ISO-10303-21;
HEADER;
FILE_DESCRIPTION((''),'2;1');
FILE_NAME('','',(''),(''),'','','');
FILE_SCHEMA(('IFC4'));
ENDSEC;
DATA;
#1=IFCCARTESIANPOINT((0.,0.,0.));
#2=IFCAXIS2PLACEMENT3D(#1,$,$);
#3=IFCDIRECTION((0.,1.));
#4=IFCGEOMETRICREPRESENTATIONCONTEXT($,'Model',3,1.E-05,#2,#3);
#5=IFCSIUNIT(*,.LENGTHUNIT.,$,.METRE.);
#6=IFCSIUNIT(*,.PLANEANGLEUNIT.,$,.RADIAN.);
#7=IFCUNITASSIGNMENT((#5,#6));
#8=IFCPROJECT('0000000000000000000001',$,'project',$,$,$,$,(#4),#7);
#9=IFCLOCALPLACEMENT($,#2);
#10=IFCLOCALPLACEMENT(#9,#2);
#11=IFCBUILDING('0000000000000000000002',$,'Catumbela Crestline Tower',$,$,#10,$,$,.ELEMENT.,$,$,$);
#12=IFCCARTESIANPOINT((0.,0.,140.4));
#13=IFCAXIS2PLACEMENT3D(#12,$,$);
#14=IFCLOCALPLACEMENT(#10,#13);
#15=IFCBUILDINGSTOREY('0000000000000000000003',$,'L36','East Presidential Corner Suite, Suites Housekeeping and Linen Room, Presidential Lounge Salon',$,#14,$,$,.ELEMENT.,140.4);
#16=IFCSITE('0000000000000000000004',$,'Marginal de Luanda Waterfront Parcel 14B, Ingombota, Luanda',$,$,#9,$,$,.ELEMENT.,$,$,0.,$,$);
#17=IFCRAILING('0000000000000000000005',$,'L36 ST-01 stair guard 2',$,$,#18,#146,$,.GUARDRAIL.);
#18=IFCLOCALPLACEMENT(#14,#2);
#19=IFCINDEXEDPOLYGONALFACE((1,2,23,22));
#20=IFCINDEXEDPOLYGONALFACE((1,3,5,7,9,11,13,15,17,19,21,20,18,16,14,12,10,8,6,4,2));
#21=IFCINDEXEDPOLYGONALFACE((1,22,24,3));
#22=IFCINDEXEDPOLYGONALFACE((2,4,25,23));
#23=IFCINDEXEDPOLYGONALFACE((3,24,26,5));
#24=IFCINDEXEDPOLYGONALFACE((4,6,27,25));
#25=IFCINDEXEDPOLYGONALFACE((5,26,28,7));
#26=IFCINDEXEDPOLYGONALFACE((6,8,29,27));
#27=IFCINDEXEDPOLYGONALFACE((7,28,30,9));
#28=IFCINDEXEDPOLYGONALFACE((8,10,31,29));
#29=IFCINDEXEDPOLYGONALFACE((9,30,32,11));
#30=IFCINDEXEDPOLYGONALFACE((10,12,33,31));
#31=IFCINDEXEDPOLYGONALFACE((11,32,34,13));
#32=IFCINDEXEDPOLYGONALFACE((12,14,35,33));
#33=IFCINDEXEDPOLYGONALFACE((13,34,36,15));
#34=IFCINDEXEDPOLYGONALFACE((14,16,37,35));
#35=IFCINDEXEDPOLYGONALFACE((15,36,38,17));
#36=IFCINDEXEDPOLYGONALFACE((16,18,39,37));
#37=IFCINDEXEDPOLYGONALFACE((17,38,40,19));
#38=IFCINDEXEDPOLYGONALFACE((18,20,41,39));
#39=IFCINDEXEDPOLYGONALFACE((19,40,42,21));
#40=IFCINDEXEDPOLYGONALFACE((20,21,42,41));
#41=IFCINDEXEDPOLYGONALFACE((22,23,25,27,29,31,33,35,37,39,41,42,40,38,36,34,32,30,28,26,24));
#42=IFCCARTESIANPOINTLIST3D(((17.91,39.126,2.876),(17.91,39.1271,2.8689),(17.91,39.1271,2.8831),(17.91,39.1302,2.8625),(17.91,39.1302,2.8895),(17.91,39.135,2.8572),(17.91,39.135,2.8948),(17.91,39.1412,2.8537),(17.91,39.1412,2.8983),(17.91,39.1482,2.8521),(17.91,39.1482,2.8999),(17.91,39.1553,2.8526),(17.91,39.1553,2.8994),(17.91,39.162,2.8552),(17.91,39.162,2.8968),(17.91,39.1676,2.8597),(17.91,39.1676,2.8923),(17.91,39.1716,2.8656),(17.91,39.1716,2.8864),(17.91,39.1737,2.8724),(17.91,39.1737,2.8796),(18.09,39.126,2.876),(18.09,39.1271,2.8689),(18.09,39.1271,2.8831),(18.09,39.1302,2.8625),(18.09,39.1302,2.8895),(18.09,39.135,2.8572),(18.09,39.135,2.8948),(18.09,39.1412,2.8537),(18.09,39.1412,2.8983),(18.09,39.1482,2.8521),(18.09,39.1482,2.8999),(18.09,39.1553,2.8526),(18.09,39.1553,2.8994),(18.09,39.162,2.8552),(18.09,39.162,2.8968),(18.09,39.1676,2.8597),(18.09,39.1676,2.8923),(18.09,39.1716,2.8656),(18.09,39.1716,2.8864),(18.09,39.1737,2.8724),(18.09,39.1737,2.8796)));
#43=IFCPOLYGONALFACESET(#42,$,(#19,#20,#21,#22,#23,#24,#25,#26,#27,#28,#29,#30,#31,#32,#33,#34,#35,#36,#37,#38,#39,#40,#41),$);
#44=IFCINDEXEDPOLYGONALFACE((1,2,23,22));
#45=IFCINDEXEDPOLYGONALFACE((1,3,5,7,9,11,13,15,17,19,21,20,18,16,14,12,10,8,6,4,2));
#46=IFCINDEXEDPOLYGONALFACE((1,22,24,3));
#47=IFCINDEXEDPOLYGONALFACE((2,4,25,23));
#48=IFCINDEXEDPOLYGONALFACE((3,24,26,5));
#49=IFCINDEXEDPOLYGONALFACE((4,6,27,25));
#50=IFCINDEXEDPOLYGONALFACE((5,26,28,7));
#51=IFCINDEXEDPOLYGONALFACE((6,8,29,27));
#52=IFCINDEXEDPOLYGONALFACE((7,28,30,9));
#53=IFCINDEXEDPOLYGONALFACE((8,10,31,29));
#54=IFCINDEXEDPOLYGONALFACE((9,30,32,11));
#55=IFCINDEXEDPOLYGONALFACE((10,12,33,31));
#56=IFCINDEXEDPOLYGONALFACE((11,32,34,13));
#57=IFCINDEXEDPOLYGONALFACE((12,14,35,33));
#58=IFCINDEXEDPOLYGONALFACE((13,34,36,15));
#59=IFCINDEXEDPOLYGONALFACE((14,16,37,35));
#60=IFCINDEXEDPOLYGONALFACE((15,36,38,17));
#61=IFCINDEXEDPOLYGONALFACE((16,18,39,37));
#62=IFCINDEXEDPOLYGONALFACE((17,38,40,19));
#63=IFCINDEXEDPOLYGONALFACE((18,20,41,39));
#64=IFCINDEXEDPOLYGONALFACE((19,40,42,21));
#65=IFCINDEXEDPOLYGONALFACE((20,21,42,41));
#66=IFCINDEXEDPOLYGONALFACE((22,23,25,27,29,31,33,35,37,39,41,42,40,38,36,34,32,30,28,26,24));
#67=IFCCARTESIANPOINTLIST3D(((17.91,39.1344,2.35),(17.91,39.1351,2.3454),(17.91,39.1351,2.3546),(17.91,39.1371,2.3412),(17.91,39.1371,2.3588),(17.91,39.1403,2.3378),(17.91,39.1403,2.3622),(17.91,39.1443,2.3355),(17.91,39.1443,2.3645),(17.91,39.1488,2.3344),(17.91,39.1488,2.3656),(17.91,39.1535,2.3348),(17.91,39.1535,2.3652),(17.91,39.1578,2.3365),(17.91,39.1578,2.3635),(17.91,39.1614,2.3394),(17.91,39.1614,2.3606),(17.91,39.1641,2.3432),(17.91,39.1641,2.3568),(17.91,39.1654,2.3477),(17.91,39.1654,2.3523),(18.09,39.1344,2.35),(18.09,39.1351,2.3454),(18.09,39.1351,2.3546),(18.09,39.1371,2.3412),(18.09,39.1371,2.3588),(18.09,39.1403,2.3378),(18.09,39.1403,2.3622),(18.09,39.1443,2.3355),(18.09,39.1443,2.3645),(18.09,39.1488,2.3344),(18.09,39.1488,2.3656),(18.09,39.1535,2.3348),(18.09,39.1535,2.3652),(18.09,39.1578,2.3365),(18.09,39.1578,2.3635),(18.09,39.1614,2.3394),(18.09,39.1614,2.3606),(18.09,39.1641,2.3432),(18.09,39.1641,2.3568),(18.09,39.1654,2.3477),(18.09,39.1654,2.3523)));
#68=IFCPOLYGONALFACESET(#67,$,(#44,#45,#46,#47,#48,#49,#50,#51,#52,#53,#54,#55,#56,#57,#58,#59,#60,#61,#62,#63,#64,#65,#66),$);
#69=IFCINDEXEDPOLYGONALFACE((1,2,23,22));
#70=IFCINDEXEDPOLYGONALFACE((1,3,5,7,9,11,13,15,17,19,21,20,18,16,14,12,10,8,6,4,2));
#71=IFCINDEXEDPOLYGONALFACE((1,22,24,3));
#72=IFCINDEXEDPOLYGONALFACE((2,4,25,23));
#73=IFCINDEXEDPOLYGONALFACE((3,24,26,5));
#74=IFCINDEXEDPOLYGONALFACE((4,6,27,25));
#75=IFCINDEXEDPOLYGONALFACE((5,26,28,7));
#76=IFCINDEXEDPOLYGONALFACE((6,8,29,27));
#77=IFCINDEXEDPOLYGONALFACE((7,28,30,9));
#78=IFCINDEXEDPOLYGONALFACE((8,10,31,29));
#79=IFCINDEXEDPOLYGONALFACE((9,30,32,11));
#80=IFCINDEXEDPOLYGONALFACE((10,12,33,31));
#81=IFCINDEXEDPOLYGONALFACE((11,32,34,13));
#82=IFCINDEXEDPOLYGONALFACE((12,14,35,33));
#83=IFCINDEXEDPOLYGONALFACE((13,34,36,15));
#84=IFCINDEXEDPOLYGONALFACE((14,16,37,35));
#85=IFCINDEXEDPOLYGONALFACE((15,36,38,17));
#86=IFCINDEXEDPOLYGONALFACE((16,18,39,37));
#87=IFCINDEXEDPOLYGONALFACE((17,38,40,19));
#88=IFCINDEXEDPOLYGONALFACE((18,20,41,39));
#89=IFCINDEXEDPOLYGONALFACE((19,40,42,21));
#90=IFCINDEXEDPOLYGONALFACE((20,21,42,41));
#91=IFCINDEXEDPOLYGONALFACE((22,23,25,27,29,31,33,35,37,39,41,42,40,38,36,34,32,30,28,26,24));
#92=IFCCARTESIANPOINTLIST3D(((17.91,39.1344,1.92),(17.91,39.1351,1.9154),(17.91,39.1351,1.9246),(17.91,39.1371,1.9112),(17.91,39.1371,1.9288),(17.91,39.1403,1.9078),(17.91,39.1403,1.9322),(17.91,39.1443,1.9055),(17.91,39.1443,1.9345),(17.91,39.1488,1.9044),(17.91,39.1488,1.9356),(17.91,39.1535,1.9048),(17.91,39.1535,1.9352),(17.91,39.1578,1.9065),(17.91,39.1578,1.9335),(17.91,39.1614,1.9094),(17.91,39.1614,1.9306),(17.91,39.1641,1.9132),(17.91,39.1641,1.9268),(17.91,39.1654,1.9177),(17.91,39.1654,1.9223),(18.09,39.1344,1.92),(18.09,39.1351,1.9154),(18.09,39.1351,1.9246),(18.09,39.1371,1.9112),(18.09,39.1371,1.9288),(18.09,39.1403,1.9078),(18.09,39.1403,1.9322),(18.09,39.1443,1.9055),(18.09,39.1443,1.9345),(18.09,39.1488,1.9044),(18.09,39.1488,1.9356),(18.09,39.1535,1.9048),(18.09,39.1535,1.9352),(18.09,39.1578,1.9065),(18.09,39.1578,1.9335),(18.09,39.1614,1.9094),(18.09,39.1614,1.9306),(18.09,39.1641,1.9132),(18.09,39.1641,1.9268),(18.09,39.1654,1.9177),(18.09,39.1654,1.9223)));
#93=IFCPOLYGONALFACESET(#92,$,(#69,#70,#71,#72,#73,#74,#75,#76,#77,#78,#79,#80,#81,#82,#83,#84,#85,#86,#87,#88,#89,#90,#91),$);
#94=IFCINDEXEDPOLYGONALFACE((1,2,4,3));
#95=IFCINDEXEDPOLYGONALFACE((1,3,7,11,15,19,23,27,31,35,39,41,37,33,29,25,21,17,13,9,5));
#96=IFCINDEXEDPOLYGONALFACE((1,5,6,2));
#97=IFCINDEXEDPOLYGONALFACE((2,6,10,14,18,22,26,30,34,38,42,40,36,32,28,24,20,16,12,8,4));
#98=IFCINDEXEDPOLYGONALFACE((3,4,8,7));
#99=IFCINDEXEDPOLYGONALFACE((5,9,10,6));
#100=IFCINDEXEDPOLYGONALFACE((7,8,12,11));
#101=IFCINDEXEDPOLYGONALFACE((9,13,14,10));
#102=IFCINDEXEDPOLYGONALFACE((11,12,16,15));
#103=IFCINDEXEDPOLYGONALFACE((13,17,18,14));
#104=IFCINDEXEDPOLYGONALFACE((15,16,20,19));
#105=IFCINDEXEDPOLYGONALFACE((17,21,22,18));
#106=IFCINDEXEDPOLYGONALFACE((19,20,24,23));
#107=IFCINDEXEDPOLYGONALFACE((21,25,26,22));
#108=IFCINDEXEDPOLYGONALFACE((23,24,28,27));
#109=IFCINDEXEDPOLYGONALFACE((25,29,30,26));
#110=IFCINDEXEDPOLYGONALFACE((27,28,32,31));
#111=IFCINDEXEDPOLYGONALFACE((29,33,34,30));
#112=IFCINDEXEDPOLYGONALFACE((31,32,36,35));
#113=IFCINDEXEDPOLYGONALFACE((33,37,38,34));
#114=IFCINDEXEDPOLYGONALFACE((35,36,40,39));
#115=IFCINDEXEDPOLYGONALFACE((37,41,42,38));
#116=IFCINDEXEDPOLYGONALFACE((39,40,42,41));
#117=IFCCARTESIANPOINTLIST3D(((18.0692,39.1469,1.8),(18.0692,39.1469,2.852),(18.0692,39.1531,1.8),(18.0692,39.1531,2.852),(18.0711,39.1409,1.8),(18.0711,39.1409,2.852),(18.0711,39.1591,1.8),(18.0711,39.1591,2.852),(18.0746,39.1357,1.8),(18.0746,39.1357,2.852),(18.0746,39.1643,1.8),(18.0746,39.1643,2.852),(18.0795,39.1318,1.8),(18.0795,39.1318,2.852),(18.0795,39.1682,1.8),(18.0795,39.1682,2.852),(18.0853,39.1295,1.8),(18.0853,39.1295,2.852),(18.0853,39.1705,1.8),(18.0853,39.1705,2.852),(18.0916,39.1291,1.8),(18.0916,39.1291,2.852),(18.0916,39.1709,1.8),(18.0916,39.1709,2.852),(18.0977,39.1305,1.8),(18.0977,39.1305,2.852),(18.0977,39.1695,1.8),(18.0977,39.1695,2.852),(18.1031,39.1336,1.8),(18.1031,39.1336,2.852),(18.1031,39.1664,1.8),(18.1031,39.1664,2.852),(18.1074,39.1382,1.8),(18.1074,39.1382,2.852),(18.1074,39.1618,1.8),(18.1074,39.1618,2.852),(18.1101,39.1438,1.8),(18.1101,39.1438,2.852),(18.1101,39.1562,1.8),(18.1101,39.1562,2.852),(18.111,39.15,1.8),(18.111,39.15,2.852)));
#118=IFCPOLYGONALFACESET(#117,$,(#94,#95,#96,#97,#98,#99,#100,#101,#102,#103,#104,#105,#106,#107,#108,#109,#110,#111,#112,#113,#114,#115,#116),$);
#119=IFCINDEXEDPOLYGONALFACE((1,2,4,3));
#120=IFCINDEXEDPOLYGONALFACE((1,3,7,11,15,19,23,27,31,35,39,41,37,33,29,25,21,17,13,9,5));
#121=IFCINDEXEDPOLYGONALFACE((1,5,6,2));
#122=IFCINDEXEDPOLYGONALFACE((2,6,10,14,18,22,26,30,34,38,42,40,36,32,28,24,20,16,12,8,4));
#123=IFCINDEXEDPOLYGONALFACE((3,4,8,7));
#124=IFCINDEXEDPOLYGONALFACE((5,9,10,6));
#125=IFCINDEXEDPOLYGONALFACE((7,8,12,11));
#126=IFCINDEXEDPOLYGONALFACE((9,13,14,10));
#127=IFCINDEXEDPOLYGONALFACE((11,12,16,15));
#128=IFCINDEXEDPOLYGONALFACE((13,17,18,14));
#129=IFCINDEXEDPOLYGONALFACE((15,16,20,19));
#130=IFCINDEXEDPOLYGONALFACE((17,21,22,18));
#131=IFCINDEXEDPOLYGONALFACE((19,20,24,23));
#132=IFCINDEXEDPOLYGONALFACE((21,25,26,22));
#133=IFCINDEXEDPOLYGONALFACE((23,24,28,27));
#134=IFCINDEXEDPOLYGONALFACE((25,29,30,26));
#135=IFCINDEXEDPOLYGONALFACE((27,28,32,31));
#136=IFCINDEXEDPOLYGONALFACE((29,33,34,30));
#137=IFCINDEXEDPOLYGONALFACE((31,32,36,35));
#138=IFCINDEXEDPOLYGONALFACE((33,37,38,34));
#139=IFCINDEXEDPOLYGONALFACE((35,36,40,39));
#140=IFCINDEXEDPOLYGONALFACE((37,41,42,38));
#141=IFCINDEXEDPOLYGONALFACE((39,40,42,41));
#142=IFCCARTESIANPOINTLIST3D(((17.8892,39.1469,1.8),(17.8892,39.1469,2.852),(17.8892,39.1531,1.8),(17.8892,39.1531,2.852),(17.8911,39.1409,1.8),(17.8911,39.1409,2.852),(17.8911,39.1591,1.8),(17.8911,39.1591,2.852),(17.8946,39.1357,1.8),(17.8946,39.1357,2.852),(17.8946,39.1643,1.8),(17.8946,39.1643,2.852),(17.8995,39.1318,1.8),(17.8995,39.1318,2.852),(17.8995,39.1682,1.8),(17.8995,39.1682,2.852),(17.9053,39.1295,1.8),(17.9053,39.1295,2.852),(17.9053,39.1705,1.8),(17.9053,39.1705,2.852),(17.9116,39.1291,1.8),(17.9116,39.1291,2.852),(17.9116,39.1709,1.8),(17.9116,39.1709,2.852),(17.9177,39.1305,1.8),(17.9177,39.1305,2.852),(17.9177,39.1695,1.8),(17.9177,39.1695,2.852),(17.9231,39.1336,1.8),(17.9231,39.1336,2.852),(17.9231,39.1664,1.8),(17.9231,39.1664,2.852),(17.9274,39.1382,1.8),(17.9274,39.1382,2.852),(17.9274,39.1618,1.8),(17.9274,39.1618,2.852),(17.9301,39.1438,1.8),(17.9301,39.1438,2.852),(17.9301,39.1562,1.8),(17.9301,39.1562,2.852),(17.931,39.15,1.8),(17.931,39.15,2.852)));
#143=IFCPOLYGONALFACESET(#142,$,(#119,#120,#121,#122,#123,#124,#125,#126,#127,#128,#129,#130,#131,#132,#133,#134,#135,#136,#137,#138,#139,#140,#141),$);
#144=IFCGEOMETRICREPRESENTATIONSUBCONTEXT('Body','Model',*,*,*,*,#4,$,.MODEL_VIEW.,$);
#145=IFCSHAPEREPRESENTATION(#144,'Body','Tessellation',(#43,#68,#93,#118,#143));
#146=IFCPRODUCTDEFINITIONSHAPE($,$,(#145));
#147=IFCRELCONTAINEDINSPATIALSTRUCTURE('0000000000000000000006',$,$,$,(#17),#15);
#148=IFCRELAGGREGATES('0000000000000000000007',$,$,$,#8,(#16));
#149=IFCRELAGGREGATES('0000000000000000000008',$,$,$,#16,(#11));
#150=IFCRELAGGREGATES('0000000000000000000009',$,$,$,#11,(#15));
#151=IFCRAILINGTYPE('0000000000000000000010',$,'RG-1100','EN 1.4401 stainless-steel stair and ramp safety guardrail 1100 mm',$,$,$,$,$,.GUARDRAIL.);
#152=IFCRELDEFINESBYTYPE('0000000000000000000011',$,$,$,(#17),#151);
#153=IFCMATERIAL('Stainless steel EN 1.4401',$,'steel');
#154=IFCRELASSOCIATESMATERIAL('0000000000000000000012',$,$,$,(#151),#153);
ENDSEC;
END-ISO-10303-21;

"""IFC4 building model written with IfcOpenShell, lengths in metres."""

from ifc_helpers import new_model, si_unit, direction, frame, origin, origin_2d, place, context, subcontext, project, spatial, circle, extrude, material, type_object, element, save


model = new_model("IFC4")

# Units and contexts
model_context = context("Model", 3, precision=1e-05, world=origin(), true_north=direction((0.0, 1.0)))
body_context = subcontext(model_context, "Body", "Model", "MODEL_VIEW")
ifc_project = project(units=[si_unit("LENGTHUNIT", "METRE"), si_unit("PLANEANGLEUNIT", "RADIAN")], contexts=[model_context])

# Site, building, storey
site_placement = place(None, origin())
site = spatial("IfcSite", under=ifc_project, at=site_placement, Name="Marginal de Luanda Waterfront Parcel 14B, Ingombota, Luanda", CompositionType="ELEMENT", RefElevation=0.0)
building_placement = place(site_placement, origin())
building = spatial("IfcBuilding", under=site, at=building_placement, Name="Catumbela Crestline Tower", CompositionType="ELEMENT")
storey_placement = place(building_placement, frame((0.0, 0.0, 140.4)))
storey = spatial("IfcBuildingStorey", under=building, at=storey_placement, Name="L36", Description="East Presidential Corner Suite, Suites Housekeeping and Linen Room, Presidential Lounge Salon", CompositionType="ELEMENT", Elevation=140.4)

# Railing
ifc_material_1 = material(Name="Stainless steel EN 1.4401", Category="steel")
railing_type_1 = type_object("IfcRailingType", Name="RG-1100", Description="EN 1.4401 stainless-steel stair and ramp safety guardrail 1100 mm", PredefinedType="GUARDRAIL", material=ifc_material_1)
railing_1_placement = place(storey_placement, frame((18.09, 39.15, 1.8)))
element("IfcRailing", 1, at=railing_1_placement, inside=storey, type_object=railing_type_1, Name="L36 ST-01 stair guard 2", PredefinedType="GUARDRAIL", context=body_context, shape_type="SweptSolid", body=[
    extrude(circle(Radius=0.024, at=origin_2d()), frame((0.0, 0.0, 1.076), z_axis=(-1.0, 0.0, 0.0), x_axis=(0.0, -1.0, 0.0)), (0.0, 0.0, 1.0), 0.18),
    extrude(circle(Radius=0.0156, at=origin_2d()), frame((0.0, 0.0, 0.55), z_axis=(-1.0, 0.0, 0.0), x_axis=(0.0, -1.0, 0.0)), (0.0, 0.0, 1.0), 0.18),
    extrude(circle(Radius=0.0156, at=origin_2d()), frame((0.0, 0.0, 0.12), z_axis=(-1.0, 0.0, 0.0), x_axis=(0.0, -1.0, 0.0)), (0.0, 0.0, 1.0), 0.18),
    extrude(circle(Radius=0.021, at=origin_2d()), origin(), (0.0, 0.0, 1.0), 1.052),
    extrude(circle(Radius=0.021, at=origin_2d()), frame((-0.18, 0.0, 0.0)), (0.0, 0.0, 1.0), 1.052),
])

save(model, "model.ifc")
